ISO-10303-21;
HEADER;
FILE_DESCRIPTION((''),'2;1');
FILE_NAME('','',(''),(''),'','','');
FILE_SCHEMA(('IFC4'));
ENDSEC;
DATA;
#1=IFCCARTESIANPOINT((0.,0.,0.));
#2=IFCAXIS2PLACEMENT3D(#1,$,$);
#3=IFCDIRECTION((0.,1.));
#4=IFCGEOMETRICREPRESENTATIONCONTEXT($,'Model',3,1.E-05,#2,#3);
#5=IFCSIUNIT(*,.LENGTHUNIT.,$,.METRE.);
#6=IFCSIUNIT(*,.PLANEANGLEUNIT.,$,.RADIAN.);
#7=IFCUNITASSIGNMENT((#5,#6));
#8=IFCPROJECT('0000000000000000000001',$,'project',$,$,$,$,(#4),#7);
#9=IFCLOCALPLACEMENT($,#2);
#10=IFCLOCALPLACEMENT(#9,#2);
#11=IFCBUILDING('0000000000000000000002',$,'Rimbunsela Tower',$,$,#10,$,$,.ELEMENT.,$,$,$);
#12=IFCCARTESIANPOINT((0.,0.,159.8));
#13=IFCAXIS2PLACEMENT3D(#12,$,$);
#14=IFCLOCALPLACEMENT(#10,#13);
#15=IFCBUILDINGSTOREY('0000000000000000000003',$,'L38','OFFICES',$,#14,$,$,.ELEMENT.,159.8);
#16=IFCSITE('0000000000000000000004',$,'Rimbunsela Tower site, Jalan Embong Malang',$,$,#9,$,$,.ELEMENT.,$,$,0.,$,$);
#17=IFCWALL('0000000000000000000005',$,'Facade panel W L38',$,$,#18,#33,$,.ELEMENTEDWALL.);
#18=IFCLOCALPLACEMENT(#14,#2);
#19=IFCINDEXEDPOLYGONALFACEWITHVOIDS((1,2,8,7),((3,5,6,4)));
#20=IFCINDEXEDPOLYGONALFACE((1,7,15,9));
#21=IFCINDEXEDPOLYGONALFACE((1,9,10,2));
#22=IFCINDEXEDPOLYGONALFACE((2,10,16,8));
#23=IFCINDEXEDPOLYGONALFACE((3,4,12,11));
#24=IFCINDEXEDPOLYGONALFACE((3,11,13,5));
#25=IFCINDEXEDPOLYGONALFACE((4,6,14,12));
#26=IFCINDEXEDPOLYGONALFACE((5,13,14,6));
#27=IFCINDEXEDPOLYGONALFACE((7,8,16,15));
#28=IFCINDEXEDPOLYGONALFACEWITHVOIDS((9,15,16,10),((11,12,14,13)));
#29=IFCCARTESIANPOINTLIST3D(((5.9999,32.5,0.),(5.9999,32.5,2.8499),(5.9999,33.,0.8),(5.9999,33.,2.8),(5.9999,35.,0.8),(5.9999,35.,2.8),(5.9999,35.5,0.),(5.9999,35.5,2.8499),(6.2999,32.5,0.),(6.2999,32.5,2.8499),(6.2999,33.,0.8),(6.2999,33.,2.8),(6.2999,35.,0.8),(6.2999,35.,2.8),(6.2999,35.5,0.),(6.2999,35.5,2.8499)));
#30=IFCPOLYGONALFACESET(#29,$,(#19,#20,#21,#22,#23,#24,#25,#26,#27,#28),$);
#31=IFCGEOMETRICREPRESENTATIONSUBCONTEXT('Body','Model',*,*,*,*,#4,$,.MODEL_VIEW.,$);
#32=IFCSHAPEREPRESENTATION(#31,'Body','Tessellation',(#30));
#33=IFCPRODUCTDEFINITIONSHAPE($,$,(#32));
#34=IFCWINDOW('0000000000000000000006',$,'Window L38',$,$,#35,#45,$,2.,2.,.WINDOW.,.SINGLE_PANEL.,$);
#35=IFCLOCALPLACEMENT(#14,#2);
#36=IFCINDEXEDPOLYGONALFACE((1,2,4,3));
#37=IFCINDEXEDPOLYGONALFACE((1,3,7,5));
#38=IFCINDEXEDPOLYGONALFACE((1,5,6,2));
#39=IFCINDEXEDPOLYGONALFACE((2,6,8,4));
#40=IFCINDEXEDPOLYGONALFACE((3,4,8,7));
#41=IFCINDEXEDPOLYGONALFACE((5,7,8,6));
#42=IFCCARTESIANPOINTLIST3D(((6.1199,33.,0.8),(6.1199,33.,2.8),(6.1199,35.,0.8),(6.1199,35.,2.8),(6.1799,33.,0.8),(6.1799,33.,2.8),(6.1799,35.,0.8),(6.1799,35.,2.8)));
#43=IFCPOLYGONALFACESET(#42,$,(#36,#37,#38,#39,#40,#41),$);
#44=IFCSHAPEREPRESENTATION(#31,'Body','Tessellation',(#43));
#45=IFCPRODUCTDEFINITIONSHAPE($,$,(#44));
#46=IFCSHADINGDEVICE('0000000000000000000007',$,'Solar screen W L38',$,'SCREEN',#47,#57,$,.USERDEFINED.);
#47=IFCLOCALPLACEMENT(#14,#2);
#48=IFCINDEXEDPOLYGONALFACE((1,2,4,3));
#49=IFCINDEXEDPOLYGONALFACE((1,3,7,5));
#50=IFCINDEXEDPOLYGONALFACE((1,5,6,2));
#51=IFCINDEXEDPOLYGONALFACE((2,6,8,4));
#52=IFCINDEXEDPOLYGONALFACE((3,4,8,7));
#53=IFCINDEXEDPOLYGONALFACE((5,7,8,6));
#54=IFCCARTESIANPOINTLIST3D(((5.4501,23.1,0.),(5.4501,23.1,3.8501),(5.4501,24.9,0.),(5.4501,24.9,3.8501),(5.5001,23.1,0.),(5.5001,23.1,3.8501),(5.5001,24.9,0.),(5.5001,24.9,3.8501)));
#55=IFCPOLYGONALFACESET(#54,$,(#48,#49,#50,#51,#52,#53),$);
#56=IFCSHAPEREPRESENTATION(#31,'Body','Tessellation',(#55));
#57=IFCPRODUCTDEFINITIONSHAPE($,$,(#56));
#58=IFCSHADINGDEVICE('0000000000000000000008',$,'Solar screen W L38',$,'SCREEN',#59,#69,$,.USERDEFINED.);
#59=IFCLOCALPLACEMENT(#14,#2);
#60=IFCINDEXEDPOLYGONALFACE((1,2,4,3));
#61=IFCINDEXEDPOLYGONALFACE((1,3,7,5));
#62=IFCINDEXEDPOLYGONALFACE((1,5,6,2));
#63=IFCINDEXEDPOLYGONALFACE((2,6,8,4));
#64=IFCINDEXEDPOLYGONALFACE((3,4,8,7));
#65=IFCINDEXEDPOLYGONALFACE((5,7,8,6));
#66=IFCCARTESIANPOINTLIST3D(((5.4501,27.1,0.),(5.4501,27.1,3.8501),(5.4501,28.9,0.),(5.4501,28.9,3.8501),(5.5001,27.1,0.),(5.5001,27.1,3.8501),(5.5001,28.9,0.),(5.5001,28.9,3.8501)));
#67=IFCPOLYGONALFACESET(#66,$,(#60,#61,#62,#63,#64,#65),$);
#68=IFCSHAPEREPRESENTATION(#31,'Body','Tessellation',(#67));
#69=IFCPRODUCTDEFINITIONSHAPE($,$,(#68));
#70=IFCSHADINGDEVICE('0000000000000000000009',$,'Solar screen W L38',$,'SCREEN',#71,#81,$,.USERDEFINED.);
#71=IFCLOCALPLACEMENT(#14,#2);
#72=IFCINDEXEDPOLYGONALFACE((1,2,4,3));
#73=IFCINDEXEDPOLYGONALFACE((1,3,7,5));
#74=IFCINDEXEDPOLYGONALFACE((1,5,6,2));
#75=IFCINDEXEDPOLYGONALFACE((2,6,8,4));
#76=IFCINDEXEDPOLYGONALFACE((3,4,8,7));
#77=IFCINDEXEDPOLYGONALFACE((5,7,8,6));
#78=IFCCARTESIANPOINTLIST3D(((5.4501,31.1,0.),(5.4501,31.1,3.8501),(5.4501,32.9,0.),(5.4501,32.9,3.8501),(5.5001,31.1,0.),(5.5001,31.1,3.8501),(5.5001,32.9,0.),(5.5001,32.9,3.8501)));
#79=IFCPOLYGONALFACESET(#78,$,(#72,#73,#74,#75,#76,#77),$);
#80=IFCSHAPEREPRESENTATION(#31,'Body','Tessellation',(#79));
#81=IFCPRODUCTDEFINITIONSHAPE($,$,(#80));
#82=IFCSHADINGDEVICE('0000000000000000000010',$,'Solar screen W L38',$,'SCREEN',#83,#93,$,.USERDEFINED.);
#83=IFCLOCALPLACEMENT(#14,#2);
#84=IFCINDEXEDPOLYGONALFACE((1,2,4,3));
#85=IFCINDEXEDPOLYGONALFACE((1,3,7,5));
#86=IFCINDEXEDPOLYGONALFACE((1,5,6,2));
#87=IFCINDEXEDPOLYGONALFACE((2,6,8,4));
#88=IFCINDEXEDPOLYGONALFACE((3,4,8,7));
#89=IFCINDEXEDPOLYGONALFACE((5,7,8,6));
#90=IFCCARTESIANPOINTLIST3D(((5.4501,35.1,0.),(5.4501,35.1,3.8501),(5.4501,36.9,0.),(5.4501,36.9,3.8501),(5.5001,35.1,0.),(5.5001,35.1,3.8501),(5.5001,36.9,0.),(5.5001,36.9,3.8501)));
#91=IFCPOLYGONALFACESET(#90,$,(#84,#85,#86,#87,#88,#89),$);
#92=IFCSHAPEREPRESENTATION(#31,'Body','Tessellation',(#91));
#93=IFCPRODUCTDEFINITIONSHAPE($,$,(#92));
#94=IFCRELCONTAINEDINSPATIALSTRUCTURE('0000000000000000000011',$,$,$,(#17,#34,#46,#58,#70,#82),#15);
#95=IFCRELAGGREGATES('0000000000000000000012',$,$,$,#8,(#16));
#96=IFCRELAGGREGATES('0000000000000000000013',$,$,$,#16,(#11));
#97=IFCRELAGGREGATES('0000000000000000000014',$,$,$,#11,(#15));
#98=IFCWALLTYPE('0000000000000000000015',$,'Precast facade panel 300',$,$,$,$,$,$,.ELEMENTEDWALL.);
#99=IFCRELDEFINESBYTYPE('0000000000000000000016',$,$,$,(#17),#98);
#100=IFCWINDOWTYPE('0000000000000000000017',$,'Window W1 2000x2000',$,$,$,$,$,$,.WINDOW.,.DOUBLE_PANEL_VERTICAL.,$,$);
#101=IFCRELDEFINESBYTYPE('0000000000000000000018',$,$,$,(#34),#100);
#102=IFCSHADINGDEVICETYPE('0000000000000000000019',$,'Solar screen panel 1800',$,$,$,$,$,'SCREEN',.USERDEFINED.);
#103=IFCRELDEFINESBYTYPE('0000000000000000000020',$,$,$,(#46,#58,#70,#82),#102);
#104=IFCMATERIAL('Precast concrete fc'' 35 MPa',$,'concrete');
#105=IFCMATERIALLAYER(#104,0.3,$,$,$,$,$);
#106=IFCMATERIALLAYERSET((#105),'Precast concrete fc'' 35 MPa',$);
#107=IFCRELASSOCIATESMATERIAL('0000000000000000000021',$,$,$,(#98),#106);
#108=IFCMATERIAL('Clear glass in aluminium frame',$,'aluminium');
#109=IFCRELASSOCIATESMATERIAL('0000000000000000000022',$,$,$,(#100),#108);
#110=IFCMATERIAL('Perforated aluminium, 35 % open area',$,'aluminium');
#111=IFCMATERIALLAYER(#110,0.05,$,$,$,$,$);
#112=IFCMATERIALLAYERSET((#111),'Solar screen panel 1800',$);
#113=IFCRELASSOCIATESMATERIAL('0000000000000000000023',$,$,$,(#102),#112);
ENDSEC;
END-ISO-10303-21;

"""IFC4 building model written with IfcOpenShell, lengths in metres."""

from ifc_helpers import new_model, si_unit, direction, frame, frame_2d, origin, origin_2d, place, context, subcontext, project, spatial, rectangle, extrude, material, layer, layer_set, type_object, element, fill, save


model = new_model("IFC4")

# Units and contexts
model_context = context("Model", 3, precision=1e-05, world=origin(), true_north=direction((0.0, 1.0)))
body_context = subcontext(model_context, "Body", "Model", "MODEL_VIEW")
ifc_project = project(units=[si_unit("LENGTHUNIT", "METRE"), si_unit("PLANEANGLEUNIT", "RADIAN")], contexts=[model_context])

# Site, building, storey
site_placement = place(None, origin())
site = spatial("IfcSite", under=ifc_project, at=site_placement, Name="Rimbunsela Tower site, Jalan Embong Malang", CompositionType="ELEMENT", RefElevation=0.0)
building_placement = place(site_placement, origin())
building = spatial("IfcBuilding", under=site, at=building_placement, Name="Rimbunsela Tower", CompositionType="ELEMENT")
storey_placement = place(building_placement, frame((0.0, 0.0, 159.8)))
storey = spatial("IfcBuildingStorey", under=building, at=storey_placement, Name="L38", Description="OFFICES", CompositionType="ELEMENT", Elevation=159.8)

# Wall, opening, window
ifc_material_1 = material(Name="Precast concrete fc' 35 MPa", Category="concrete")
ifc_layer_1 = layer(ifc_material_1, 0.3)
ifc_layer_set_1 = layer_set([ifc_layer_1], Name="Precast concrete fc' 35 MPa")
wall_type = type_object("IfcWallType", Name="Precast facade panel 300", PredefinedType="ELEMENTEDWALL", material=ifc_layer_set_1)
ifc_material_2 = material(Name="Clear glass in aluminium frame", Category="aluminium")
window_type = type_object("IfcWindowType", Name="Window W1 2000x2000", PartitioningType="DOUBLE_PANEL_VERTICAL", PredefinedType="WINDOW", material=ifc_material_2)
wall_1_placement = place(storey_placement, frame((6.1499, 35.5, 0.0), z_axis=(0.0, 0.0, 1.0), x_axis=(0.0, -1.0, 0.0)))
wall_1 = element("IfcWall", 1, at=wall_1_placement, inside=storey, type_object=wall_type, Name="Facade panel W L38", PredefinedType="ELEMENTEDWALL", context=body_context, shape_type="SweptSolid", body=[
    extrude(rectangle(XDim=3.0, YDim=0.3, at=frame_2d((1.5, 0.0))), origin(), (0.0, 0.0, 1.0), 2.8499),
])
opening_1_placement = place(wall_1_placement, frame((0.5, 0.0, 0.8)))
opening_1 = element("IfcOpeningElement", 2, at=opening_1_placement, cuts=wall_1, PredefinedType="OPENING", context=body_context, shape_type="SweptSolid", body=[
    extrude(rectangle(XDim=2.0, YDim=2.0, at=frame_2d((1.0, 1.0))), frame((0.0, 0.1599, 0.0), z_axis=(0.0, -1.0, 0.0), x_axis=(1.0, 0.0, 0.0)), (0.0, 0.0, 1.0), 0.3201),
])
window_1_placement = place(opening_1_placement, origin())
window_1 = element("IfcWindow", 3, at=window_1_placement, inside=storey, type_object=window_type, Name="Window L38", OverallHeight=2.0, OverallWidth=2.0, PartitioningType="SINGLE_PANEL", PredefinedType="WINDOW", context=body_context, shape_type="SweptSolid", body=[
    extrude(rectangle(XDim=2.0, YDim=2.0, at=frame_2d((1.0, 1.0))), frame((0.0, 0.03, 0.0), z_axis=(0.0, -1.0, 0.0), x_axis=(1.0, 0.0, 0.0)), (0.0, 0.0, 1.0), 0.0601),
])
fill(opening_1, window_1)

# Shading devices
ifc_material_3 = material(Name="Perforated aluminium, 35 % open area", Category="aluminium")
ifc_layer_2 = layer(ifc_material_3, 0.05)
ifc_layer_set_2 = layer_set([ifc_layer_2], Name="Solar screen panel 1800")
shading_device_type = type_object("IfcShadingDeviceType", Name="Solar screen panel 1800", ElementType="SCREEN", PredefinedType="USERDEFINED", material=ifc_layer_set_2)
for number, where, z_axis, x_axis, name in (
    (4, (5.4751, 24.0, 0.0), (0.0, 0.0, 1.0), (0.0, 1.0, 0.0), "Solar screen W L38"),
    (5, (5.4751, 28.0, 0.0), (0.0, 0.0, 1.0), (0.0, 1.0, 0.0), "Solar screen W L38"),
    (6, (5.4751, 32.0, 0.0), (0.0, 0.0, 1.0), (0.0, 1.0, 0.0), "Solar screen W L38"),
    (7, (5.4751, 36.0, 0.0), (0.0, 0.0, 1.0), (0.0, 1.0, 0.0), "Solar screen W L38"),
):
    element("IfcShadingDevice", number, at=place(storey_placement, frame(where, z_axis=z_axis, x_axis=x_axis)), inside=storey, type_object=shading_device_type, Name=name, ObjectType="SCREEN", PredefinedType="USERDEFINED", context=body_context, shape_type="SweptSolid", body=[
        extrude(rectangle(XDim=1.8, YDim=0.05, at=origin_2d()), origin(), (0.0, 0.0, 1.0), 3.8501),
    ])

save(model, "model.ifc")
